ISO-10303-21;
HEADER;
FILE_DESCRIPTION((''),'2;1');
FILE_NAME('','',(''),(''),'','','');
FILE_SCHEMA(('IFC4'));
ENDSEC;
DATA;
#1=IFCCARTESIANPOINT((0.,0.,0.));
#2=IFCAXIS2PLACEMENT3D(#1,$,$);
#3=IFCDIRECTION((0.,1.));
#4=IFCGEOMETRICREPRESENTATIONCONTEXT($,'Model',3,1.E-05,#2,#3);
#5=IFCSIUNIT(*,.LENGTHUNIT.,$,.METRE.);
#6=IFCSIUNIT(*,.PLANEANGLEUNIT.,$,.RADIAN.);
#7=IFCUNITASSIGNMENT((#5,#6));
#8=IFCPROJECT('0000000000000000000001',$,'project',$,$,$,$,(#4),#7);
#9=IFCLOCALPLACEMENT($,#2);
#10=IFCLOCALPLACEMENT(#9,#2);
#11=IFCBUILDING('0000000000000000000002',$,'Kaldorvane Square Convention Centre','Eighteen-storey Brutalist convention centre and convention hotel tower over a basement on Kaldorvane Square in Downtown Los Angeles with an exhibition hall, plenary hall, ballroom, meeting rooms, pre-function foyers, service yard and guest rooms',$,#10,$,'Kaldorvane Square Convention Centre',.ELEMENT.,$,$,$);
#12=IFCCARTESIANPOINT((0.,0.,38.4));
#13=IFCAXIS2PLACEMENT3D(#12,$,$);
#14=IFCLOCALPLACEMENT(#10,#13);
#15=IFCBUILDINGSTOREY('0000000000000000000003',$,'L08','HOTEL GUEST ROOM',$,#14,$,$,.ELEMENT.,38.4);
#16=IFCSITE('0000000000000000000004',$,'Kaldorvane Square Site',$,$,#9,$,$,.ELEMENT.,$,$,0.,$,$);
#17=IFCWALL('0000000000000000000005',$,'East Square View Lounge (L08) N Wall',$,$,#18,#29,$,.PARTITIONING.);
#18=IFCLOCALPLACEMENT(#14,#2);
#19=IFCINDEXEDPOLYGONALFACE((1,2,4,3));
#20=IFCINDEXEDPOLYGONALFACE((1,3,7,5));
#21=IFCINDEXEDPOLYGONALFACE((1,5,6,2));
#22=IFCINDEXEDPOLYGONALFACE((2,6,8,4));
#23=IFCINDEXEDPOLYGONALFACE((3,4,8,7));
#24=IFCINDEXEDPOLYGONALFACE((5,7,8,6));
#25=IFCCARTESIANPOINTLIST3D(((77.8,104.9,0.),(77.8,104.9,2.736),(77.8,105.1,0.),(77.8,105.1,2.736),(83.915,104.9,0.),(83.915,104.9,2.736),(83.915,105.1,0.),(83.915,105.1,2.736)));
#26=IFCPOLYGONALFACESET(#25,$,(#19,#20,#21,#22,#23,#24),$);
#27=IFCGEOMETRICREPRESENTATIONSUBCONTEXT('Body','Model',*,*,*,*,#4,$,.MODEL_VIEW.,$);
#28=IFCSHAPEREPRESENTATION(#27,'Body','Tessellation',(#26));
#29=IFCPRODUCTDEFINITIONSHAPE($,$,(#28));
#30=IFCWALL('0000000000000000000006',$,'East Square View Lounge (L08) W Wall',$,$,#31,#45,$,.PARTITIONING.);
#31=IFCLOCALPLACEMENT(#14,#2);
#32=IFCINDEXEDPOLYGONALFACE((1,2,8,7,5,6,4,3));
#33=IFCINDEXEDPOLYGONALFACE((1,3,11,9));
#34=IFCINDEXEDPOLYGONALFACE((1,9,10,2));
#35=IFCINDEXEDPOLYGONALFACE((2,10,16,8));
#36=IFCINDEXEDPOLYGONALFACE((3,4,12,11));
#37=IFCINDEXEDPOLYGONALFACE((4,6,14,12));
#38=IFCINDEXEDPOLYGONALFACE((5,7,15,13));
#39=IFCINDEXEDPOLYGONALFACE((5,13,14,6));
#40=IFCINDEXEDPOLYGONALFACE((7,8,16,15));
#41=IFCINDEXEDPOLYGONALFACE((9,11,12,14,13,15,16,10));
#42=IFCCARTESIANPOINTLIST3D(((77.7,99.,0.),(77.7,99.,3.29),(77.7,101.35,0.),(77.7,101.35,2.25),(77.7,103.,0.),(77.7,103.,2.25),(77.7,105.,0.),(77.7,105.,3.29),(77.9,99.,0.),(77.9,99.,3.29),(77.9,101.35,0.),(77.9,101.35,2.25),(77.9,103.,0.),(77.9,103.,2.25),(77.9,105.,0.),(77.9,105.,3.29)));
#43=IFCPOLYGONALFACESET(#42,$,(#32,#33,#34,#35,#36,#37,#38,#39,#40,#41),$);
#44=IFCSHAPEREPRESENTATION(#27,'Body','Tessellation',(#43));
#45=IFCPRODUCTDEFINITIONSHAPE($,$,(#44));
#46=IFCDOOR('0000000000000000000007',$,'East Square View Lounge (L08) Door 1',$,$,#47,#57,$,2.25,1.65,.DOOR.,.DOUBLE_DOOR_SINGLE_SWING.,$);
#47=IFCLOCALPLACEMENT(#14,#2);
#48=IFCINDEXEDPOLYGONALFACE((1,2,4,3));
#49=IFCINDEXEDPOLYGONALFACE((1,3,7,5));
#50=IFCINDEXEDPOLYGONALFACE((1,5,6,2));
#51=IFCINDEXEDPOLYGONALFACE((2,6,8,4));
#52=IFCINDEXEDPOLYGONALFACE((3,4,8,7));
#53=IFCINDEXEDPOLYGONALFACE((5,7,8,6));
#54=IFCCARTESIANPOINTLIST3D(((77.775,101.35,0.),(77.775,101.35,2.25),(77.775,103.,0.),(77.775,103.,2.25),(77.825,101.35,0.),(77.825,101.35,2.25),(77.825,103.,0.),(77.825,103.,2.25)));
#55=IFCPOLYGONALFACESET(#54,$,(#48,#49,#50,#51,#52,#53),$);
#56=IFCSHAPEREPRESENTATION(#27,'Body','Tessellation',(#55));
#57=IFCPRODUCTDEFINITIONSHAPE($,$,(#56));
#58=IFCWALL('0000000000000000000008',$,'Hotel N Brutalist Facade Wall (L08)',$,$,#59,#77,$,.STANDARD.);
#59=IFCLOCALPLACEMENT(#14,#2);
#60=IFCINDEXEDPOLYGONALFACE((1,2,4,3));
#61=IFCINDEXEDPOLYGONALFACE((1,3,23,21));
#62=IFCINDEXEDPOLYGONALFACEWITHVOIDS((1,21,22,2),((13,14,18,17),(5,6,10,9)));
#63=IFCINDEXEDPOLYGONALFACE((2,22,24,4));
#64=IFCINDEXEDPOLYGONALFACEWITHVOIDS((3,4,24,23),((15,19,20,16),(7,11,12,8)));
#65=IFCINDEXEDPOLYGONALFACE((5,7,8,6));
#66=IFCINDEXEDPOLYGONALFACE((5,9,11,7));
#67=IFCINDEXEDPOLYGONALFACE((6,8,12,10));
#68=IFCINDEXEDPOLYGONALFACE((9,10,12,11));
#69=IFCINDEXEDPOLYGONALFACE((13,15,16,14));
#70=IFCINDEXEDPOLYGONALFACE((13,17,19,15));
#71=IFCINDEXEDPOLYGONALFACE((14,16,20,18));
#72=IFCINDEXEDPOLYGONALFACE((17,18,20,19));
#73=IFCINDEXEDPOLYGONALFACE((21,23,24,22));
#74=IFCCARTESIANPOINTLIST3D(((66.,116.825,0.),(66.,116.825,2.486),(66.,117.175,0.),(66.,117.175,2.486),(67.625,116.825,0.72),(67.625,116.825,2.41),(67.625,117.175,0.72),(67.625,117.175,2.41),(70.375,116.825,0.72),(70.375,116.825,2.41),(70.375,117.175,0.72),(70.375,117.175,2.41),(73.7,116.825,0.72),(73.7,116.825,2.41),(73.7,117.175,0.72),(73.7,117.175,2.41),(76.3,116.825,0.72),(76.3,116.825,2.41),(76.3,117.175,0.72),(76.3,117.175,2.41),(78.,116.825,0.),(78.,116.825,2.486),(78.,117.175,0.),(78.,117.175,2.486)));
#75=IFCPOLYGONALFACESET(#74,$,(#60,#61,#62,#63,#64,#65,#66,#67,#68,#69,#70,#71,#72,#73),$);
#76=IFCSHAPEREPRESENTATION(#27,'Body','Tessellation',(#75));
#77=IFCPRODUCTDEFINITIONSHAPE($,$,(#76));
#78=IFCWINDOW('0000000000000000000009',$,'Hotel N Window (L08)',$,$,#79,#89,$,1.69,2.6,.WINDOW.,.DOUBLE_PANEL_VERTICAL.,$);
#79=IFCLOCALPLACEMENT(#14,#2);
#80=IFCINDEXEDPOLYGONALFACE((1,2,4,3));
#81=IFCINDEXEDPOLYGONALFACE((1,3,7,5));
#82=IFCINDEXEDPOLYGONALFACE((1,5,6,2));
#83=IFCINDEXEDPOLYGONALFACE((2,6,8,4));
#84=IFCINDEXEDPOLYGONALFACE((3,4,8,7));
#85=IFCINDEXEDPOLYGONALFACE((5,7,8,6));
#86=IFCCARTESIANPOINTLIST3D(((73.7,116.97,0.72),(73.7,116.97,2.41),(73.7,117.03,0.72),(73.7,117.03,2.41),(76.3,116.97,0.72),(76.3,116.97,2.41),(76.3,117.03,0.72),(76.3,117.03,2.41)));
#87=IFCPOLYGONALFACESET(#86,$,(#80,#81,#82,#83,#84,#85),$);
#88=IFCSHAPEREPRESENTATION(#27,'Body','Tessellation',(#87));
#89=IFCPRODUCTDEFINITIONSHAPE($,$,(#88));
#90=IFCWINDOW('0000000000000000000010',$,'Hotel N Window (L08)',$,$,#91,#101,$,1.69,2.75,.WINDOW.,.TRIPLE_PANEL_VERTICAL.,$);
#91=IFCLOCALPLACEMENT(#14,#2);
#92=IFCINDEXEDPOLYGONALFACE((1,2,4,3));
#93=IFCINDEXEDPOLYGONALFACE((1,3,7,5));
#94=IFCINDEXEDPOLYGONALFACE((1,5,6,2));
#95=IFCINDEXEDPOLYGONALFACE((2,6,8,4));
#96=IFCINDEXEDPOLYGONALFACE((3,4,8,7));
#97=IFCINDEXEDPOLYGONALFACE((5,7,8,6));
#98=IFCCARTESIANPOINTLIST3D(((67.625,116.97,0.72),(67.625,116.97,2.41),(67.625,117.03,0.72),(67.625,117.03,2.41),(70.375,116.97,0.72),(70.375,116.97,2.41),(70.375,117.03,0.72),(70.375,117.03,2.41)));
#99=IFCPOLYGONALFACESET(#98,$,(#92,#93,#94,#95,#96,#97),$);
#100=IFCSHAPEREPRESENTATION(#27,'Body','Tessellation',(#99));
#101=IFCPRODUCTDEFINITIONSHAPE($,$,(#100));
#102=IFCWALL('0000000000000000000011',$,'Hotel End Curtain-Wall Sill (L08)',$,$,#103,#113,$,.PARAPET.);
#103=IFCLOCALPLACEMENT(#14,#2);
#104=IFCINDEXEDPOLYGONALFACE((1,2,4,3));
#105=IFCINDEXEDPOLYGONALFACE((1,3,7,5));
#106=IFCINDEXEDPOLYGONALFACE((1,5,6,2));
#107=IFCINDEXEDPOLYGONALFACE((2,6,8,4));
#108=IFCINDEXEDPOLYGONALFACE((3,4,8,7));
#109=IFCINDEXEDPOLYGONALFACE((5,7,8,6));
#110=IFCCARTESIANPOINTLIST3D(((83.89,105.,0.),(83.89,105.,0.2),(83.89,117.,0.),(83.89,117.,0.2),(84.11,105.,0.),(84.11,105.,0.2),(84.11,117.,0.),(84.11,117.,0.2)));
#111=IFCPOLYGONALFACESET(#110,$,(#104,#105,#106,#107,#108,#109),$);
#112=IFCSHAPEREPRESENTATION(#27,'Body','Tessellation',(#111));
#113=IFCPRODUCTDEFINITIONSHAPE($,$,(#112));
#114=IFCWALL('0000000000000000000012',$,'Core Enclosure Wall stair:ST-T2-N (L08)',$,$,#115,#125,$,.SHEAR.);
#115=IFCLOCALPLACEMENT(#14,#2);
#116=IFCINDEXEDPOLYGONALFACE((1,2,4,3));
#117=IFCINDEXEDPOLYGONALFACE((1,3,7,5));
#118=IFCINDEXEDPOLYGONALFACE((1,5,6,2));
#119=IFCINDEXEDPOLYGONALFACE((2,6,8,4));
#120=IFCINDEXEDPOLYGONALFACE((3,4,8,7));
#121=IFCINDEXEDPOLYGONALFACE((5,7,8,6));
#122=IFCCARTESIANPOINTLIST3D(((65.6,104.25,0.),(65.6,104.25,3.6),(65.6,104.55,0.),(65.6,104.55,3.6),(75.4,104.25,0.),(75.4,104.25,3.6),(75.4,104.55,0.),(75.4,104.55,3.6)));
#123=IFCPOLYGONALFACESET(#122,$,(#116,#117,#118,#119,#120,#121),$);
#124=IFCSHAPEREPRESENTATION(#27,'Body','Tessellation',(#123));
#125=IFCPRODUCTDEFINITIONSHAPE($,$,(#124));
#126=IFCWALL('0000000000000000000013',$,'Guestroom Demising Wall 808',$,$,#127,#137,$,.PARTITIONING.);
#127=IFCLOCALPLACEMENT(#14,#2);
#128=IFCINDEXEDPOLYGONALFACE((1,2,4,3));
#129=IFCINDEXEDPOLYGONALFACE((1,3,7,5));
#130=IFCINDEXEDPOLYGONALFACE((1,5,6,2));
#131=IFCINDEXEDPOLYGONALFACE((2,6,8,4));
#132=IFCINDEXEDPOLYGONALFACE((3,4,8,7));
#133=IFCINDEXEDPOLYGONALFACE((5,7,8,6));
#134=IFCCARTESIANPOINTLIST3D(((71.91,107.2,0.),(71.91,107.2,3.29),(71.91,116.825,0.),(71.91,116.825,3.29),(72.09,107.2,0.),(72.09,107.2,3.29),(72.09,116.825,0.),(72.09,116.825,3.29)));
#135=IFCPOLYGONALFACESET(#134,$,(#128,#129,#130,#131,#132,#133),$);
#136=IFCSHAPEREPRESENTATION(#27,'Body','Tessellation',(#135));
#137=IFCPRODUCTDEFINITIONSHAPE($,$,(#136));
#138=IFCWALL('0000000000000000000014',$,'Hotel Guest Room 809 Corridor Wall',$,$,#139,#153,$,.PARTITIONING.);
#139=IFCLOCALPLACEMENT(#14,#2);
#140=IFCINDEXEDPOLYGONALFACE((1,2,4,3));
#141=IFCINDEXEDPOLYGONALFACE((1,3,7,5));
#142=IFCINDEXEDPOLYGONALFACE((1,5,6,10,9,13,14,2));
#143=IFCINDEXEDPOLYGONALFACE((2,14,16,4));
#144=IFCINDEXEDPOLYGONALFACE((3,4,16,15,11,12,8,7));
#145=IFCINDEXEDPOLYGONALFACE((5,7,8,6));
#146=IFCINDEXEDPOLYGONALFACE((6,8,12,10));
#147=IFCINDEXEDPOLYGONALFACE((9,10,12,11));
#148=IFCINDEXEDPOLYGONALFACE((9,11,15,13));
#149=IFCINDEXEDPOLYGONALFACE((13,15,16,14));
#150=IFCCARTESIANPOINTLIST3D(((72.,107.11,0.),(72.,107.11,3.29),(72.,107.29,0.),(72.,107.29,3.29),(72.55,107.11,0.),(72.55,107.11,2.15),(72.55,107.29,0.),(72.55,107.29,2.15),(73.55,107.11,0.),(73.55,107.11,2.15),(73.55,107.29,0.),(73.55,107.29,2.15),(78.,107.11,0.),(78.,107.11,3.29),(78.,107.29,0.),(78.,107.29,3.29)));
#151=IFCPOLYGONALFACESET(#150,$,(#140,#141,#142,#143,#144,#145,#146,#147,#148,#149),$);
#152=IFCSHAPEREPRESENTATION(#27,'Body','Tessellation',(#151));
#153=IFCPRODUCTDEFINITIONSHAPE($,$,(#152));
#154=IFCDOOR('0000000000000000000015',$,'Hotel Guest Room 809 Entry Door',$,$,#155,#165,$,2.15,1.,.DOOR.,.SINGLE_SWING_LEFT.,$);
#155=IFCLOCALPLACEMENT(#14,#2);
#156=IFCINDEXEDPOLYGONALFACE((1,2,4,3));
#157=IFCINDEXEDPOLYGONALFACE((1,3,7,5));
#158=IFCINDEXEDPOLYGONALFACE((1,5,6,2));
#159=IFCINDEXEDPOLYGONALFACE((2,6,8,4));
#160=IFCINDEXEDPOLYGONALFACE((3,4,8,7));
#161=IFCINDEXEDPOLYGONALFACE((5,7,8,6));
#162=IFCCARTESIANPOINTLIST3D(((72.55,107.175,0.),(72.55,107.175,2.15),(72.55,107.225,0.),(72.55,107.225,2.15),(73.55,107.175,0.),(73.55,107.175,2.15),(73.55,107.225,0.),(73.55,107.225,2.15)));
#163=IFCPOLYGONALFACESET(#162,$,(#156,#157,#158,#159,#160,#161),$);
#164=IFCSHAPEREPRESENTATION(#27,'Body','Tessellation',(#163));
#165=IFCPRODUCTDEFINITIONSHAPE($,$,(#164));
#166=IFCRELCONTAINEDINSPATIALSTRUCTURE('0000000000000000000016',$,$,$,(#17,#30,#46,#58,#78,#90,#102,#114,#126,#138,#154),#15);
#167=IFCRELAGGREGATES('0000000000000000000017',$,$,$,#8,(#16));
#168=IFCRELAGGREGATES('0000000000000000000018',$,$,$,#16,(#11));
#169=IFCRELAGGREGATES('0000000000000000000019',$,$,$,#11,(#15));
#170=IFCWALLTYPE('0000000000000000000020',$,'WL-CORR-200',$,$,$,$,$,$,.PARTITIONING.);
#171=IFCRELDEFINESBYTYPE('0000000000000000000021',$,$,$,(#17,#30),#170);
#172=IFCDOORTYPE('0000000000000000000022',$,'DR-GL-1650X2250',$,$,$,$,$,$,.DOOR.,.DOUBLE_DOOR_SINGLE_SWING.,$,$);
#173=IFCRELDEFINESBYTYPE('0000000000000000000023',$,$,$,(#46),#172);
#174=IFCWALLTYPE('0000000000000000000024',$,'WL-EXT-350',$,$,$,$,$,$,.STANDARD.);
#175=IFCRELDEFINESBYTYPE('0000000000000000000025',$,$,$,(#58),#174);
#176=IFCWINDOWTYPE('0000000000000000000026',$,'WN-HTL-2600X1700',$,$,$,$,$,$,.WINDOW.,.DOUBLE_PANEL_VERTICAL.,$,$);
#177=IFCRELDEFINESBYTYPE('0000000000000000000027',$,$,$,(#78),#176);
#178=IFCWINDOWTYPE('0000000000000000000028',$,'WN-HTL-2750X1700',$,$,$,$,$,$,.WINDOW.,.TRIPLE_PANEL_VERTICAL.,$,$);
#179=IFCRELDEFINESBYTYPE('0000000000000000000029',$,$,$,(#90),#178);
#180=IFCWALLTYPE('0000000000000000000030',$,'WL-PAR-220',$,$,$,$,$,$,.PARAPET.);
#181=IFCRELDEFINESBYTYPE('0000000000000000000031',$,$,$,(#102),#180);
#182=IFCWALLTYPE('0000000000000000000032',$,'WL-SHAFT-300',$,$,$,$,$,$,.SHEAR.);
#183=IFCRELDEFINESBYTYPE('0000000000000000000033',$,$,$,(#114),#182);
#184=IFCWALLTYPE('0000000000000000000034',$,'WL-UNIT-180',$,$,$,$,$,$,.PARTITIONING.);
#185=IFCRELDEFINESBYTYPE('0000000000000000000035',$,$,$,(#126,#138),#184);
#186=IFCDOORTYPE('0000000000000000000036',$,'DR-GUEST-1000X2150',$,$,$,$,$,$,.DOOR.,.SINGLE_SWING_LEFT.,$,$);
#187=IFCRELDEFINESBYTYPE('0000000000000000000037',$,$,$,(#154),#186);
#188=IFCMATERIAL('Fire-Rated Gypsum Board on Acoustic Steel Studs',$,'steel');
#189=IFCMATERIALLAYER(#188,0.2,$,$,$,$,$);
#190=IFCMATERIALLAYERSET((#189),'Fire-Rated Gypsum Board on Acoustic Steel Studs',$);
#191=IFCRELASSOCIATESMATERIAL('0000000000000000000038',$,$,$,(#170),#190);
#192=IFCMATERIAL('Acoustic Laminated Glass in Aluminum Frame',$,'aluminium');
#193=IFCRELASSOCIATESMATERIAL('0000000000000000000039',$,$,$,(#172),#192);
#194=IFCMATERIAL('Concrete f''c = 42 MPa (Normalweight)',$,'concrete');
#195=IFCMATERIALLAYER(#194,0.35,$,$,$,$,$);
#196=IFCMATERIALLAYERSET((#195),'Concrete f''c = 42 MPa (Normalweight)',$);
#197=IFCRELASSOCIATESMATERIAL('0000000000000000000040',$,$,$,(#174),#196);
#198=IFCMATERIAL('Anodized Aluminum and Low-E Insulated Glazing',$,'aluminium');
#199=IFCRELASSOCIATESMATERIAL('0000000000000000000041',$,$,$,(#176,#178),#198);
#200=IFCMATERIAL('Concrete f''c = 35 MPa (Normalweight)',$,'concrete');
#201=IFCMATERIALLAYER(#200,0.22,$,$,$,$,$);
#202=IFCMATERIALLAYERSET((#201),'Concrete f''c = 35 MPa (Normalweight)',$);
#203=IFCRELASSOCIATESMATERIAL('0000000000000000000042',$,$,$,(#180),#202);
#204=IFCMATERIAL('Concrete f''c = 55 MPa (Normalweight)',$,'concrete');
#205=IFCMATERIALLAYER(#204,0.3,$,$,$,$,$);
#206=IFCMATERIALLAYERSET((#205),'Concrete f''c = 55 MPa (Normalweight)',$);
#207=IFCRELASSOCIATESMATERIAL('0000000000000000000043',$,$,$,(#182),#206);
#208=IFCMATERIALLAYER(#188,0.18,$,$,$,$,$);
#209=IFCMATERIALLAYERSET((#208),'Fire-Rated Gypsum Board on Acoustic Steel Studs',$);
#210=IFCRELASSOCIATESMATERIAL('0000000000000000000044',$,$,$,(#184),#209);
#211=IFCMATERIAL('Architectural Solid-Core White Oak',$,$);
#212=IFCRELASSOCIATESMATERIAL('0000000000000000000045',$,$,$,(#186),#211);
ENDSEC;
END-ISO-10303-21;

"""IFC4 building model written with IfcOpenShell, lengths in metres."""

from ifc_helpers import new_model, si_unit, direction, frame, frame_2d, origin, place, context, subcontext, project, spatial, rectangle, extrude, material, layer, layer_set, type_object, element, fill, save


model = new_model("IFC4")

# Units and contexts
model_context = context("Model", 3, precision=1e-05, world=origin(), true_north=direction((0.0, 1.0)))
body_context = subcontext(model_context, "Body", "Model", "MODEL_VIEW")
ifc_project = project(units=[si_unit("LENGTHUNIT", "METRE"), si_unit("PLANEANGLEUNIT", "RADIAN")], contexts=[model_context])

# Site, building, storey
site_placement = place(None, origin())
site = spatial("IfcSite", under=ifc_project, at=site_placement, Name="Kaldorvane Square Site", CompositionType="ELEMENT", RefElevation=0.0)
building_placement = place(site_placement, origin())
building = spatial("IfcBuilding", under=site, at=building_placement, Name="Kaldorvane Square Convention Centre", Description="Eighteen-storey Brutalist convention centre and convention hotel tower over a basement on Kaldorvane Square in Downtown Los Angeles with an exhibition hall, plenary hall, ballroom, meeting rooms, pre-function foyers, service yard and guest rooms", LongName="Kaldorvane Square Convention Centre", CompositionType="ELEMENT")
storey_placement = place(building_placement, frame((0.0, 0.0, 38.4)))
storey = spatial("IfcBuildingStorey", under=building, at=storey_placement, Name="L08", Description="HOTEL GUEST ROOM", CompositionType="ELEMENT", Elevation=38.4)

# Shared definitions
ifc_material_1 = material(Name="Concrete f'c = 42 MPa (Normalweight)", Category="concrete")

# Shared definitions
ifc_material_2 = material(Name="Fire-Rated Gypsum Board on Acoustic Steel Studs", Category="steel")
ifc_material_3 = material(Name="Architectural Solid-Core White Oak")

# Wall
ifc_layer_1 = layer(ifc_material_2, 0.2)
ifc_layer_set_1 = layer_set([ifc_layer_1], Name="Fire-Rated Gypsum Board on Acoustic Steel Studs")
wall_type_1 = type_object("IfcWallType", Name="WL-CORR-200", PredefinedType="PARTITIONING", material=ifc_layer_set_1)
wall_1_placement = place(storey_placement, frame((83.915, 105.0, 0.0), z_axis=(0.0, 0.0, 1.0), x_axis=(-1.0, 0.0, 0.0)))
element("IfcWall", 1, at=wall_1_placement, inside=storey, type_object=wall_type_1, Name="East Square View Lounge (L08) N Wall", PredefinedType="PARTITIONING", context=body_context, shape_type="SweptSolid", body=[
    extrude(rectangle(XDim=6.115, YDim=0.2, at=frame_2d((3.0575, 0.0))), origin(), (0.0, 0.0, 1.0), 2.736),
])

# Wall, opening, door
wall_2_placement = place(storey_placement, frame((77.8, 105.0, 0.0), z_axis=(0.0, 0.0, 1.0), x_axis=(0.0, -1.0, 0.0)))
wall_2 = element("IfcWall", 2, at=wall_2_placement, inside=storey, type_object=wall_type_1, Name="East Square View Lounge (L08) W Wall", PredefinedType="PARTITIONING", context=body_context, shape_type="SweptSolid", body=[
    extrude(rectangle(XDim=6.0, YDim=0.2, at=frame_2d((3.0, 0.0))), origin(), (0.0, 0.0, 1.0), 3.29),
])
opening_1_placement = place(wall_2_placement, frame((2.0, 0.0, 0.0)))
opening_1 = element("IfcOpeningElement", 3, at=opening_1_placement, cuts=wall_2, PredefinedType="OPENING", context=body_context, shape_type="SweptSolid", body=[
    extrude(rectangle(XDim=1.65, YDim=2.25, at=frame_2d((0.825, 1.125))), frame((0.0, 0.115, 0.0), z_axis=(0.0, -1.0, 0.0), x_axis=(1.0, 0.0, 0.0)), (0.0, 0.0, 1.0), 0.23),
])
ifc_material_4 = material(Name="Acoustic Laminated Glass in Aluminum Frame", Category="aluminium")
door_type_1 = type_object("IfcDoorType", Name="DR-GL-1650X2250", OperationType="DOUBLE_DOOR_SINGLE_SWING", PredefinedType="DOOR", material=ifc_material_4)
door_1_placement = place(opening_1_placement, origin())
door_1 = element("IfcDoor", 4, at=door_1_placement, inside=storey, type_object=door_type_1, Name="East Square View Lounge (L08) Door 1", OperationType="DOUBLE_DOOR_SINGLE_SWING", OverallHeight=2.25, OverallWidth=1.65, PredefinedType="DOOR", context=body_context, shape_type="SweptSolid", body=[
    extrude(rectangle(XDim=1.65, YDim=2.25, at=frame_2d((0.825, 1.125))), frame((0.0, 0.025, 0.0), z_axis=(0.0, -1.0, 0.0), x_axis=(1.0, 0.0, 0.0)), (0.0, 0.0, 1.0), 0.05),
])
fill(opening_1, door_1)

# Wall, openings, windows
ifc_layer_2 = layer(ifc_material_1, 0.35)
ifc_layer_set_2 = layer_set([ifc_layer_2], Name="Concrete f'c = 42 MPa (Normalweight)")
wall_type_2 = type_object("IfcWallType", Name="WL-EXT-350", PredefinedType="STANDARD", material=ifc_layer_set_2)
wall_3_placement = place(storey_placement, frame((78.0, 117.0, 0.0), z_axis=(0.0, 0.0, 1.0), x_axis=(-1.0, 0.0, 0.0)))
wall_3 = element("IfcWall", 5, at=wall_3_placement, inside=storey, type_object=wall_type_2, Name="Hotel N Brutalist Facade Wall (L08)", PredefinedType="STANDARD", context=body_context, shape_type="SweptSolid", body=[
    extrude(rectangle(XDim=12.0, YDim=0.35, at=frame_2d((6.0, 0.0))), origin(), (0.0, 0.0, 1.0), 2.486),
])
opening_2_placement = place(wall_3_placement, frame((1.7, 0.0, 0.72)))
opening_2 = element("IfcOpeningElement", 6, at=opening_2_placement, cuts=wall_3, PredefinedType="OPENING", context=body_context, shape_type="SweptSolid", body=[
    extrude(rectangle(XDim=2.6, YDim=1.69, at=frame_2d((1.3, 0.845))), frame((0.0, 0.19, 0.0), z_axis=(0.0, -1.0, 0.0), x_axis=(1.0, 0.0, 0.0)), (0.0, 0.0, 1.0), 0.38),
])
opening_3_placement = place(wall_3_placement, frame((7.625, 0.0, 0.72)))
opening_3 = element("IfcOpeningElement", 7, at=opening_3_placement, cuts=wall_3, PredefinedType="OPENING", context=body_context, shape_type="SweptSolid", body=[
    extrude(rectangle(XDim=2.75, YDim=1.69, at=frame_2d((1.375, 0.845))), frame((0.0, 0.19, 0.0), z_axis=(0.0, -1.0, 0.0), x_axis=(1.0, 0.0, 0.0)), (0.0, 0.0, 1.0), 0.38),
])
ifc_material_5 = material(Name="Anodized Aluminum and Low-E Insulated Glazing", Category="aluminium")
window_type_1 = type_object("IfcWindowType", Name="WN-HTL-2600X1700", PartitioningType="DOUBLE_PANEL_VERTICAL", PredefinedType="WINDOW", material=ifc_material_5)
window_1_placement = place(opening_2_placement, origin())
window_1 = element("IfcWindow", 8, at=window_1_placement, inside=storey, type_object=window_type_1, Name="Hotel N Window (L08)", OverallHeight=1.69, OverallWidth=2.6, PartitioningType="DOUBLE_PANEL_VERTICAL", PredefinedType="WINDOW", context=body_context, shape_type="SweptSolid", body=[
    extrude(rectangle(XDim=2.6, YDim=1.69, at=frame_2d((1.3, 0.845))), frame((0.0, 0.03, 0.0), z_axis=(0.0, -1.0, 0.0), x_axis=(1.0, 0.0, 0.0)), (0.0, 0.0, 1.0), 0.06),
])
fill(opening_2, window_1)
window_type_2 = type_object("IfcWindowType", Name="WN-HTL-2750X1700", PartitioningType="TRIPLE_PANEL_VERTICAL", PredefinedType="WINDOW", material=ifc_material_5)
window_2_placement = place(opening_3_placement, origin())
window_2 = element("IfcWindow", 9, at=window_2_placement, inside=storey, type_object=window_type_2, Name="Hotel N Window (L08)", OverallHeight=1.69, OverallWidth=2.75, PartitioningType="TRIPLE_PANEL_VERTICAL", PredefinedType="WINDOW", context=body_context, shape_type="SweptSolid", body=[
    extrude(rectangle(XDim=2.75, YDim=1.69, at=frame_2d((1.375, 0.845))), frame((0.0, 0.03, 0.0), z_axis=(0.0, -1.0, 0.0), x_axis=(1.0, 0.0, 0.0)), (0.0, 0.0, 1.0), 0.06),
])
fill(opening_3, window_2)

# Walls
ifc_material_6 = material(Name="Concrete f'c = 35 MPa (Normalweight)", Category="concrete")
ifc_layer_3 = layer(ifc_material_6, 0.22)
ifc_layer_set_3 = layer_set([ifc_layer_3], Name="Concrete f'c = 35 MPa (Normalweight)")
wall_type_3 = type_object("IfcWallType", Name="WL-PAR-220", PredefinedType="PARAPET", material=ifc_layer_set_3)
wall_4_placement = place(storey_placement, frame((84.0, 105.0, 0.0), z_axis=(0.0, 0.0, 1.0), x_axis=(0.0, 1.0, 0.0)))
element("IfcWall", 10, at=wall_4_placement, inside=storey, type_object=wall_type_3, Name="Hotel End Curtain-Wall Sill (L08)", PredefinedType="PARAPET", context=body_context, shape_type="SweptSolid", body=[
    extrude(rectangle(XDim=12.0, YDim=0.22, at=frame_2d((6.0, 0.0))), origin(), (0.0, 0.0, 1.0), 0.2),
])
ifc_material_7 = material(Name="Concrete f'c = 55 MPa (Normalweight)", Category="concrete")
ifc_layer_4 = layer(ifc_material_7, 0.3)
ifc_layer_set_4 = layer_set([ifc_layer_4], Name="Concrete f'c = 55 MPa (Normalweight)")
wall_type_4 = type_object("IfcWallType", Name="WL-SHAFT-300", PredefinedType="SHEAR", material=ifc_layer_set_4)
wall_5_placement = place(storey_placement, frame((75.4, 104.4, 0.0), z_axis=(0.0, 0.0, 1.0), x_axis=(-1.0, 0.0, 0.0)))
element("IfcWall", 11, at=wall_5_placement, inside=storey, type_object=wall_type_4, Name="Core Enclosure Wall stair:ST-T2-N (L08)", PredefinedType="SHEAR", context=body_context, shape_type="SweptSolid", body=[
    extrude(rectangle(XDim=9.8, YDim=0.3, at=frame_2d((4.9, 0.0))), origin(), (0.0, 0.0, 1.0), 3.6),
])
ifc_layer_5 = layer(ifc_material_2, 0.18)
ifc_layer_set_5 = layer_set([ifc_layer_5], Name="Fire-Rated Gypsum Board on Acoustic Steel Studs")
wall_type_5 = type_object("IfcWallType", Name="WL-UNIT-180", PredefinedType="PARTITIONING", material=ifc_layer_set_5)
wall_6_placement = place(storey_placement, frame((72.0, 107.2, 0.0), z_axis=(0.0, 0.0, 1.0), x_axis=(0.0, 1.0, 0.0)))
element("IfcWall", 12, at=wall_6_placement, inside=storey, type_object=wall_type_5, Name="Guestroom Demising Wall 808", PredefinedType="PARTITIONING", context=body_context, shape_type="SweptSolid", body=[
    extrude(rectangle(XDim=9.625, YDim=0.18, at=frame_2d((4.8125, 0.0))), origin(), (0.0, 0.0, 1.0), 3.29),
])

# Wall, opening, door
wall_7_placement = place(storey_placement, frame((72.0, 107.2, 0.0), z_axis=(0.0, 0.0, 1.0), x_axis=(1.0, 0.0, 0.0)))
wall_7 = element("IfcWall", 13, at=wall_7_placement, inside=storey, type_object=wall_type_5, Name="Hotel Guest Room 809 Corridor Wall", PredefinedType="PARTITIONING", context=body_context, shape_type="SweptSolid", body=[
    extrude(rectangle(XDim=6.0, YDim=0.18, at=frame_2d((3.0, 0.0))), origin(), (0.0, 0.0, 1.0), 3.29),
])
opening_4_placement = place(wall_7_placement, frame((0.55, 0.0, 0.0)))
opening_4 = element("IfcOpeningElement", 14, at=opening_4_placement, cuts=wall_7, PredefinedType="OPENING", context=body_context, shape_type="SweptSolid", body=[
    extrude(rectangle(XDim=1.0, YDim=2.15, at=frame_2d((0.5, 1.075))), frame((0.0, 0.105, 0.0), z_axis=(0.0, -1.0, 0.0), x_axis=(1.0, 0.0, 0.0)), (0.0, 0.0, 1.0), 0.21),
])
door_type_2 = type_object("IfcDoorType", Name="DR-GUEST-1000X2150", OperationType="SINGLE_SWING_LEFT", PredefinedType="DOOR", material=ifc_material_3)
door_2_placement = place(opening_4_placement, origin())
door_2 = element("IfcDoor", 15, at=door_2_placement, inside=storey, type_object=door_type_2, Name="Hotel Guest Room 809 Entry Door", OperationType="SINGLE_SWING_LEFT", OverallHeight=2.15, OverallWidth=1.0, PredefinedType="DOOR", context=body_context, shape_type="SweptSolid", body=[
    extrude(rectangle(XDim=1.0, YDim=2.15, at=frame_2d((0.5, 1.075))), frame((0.0, 0.025, 0.0), z_axis=(0.0, -1.0, 0.0), x_axis=(1.0, 0.0, 0.0)), (0.0, 0.0, 1.0), 0.05),
])
fill(opening_4, door_2)

save(model, "model.ifc")
